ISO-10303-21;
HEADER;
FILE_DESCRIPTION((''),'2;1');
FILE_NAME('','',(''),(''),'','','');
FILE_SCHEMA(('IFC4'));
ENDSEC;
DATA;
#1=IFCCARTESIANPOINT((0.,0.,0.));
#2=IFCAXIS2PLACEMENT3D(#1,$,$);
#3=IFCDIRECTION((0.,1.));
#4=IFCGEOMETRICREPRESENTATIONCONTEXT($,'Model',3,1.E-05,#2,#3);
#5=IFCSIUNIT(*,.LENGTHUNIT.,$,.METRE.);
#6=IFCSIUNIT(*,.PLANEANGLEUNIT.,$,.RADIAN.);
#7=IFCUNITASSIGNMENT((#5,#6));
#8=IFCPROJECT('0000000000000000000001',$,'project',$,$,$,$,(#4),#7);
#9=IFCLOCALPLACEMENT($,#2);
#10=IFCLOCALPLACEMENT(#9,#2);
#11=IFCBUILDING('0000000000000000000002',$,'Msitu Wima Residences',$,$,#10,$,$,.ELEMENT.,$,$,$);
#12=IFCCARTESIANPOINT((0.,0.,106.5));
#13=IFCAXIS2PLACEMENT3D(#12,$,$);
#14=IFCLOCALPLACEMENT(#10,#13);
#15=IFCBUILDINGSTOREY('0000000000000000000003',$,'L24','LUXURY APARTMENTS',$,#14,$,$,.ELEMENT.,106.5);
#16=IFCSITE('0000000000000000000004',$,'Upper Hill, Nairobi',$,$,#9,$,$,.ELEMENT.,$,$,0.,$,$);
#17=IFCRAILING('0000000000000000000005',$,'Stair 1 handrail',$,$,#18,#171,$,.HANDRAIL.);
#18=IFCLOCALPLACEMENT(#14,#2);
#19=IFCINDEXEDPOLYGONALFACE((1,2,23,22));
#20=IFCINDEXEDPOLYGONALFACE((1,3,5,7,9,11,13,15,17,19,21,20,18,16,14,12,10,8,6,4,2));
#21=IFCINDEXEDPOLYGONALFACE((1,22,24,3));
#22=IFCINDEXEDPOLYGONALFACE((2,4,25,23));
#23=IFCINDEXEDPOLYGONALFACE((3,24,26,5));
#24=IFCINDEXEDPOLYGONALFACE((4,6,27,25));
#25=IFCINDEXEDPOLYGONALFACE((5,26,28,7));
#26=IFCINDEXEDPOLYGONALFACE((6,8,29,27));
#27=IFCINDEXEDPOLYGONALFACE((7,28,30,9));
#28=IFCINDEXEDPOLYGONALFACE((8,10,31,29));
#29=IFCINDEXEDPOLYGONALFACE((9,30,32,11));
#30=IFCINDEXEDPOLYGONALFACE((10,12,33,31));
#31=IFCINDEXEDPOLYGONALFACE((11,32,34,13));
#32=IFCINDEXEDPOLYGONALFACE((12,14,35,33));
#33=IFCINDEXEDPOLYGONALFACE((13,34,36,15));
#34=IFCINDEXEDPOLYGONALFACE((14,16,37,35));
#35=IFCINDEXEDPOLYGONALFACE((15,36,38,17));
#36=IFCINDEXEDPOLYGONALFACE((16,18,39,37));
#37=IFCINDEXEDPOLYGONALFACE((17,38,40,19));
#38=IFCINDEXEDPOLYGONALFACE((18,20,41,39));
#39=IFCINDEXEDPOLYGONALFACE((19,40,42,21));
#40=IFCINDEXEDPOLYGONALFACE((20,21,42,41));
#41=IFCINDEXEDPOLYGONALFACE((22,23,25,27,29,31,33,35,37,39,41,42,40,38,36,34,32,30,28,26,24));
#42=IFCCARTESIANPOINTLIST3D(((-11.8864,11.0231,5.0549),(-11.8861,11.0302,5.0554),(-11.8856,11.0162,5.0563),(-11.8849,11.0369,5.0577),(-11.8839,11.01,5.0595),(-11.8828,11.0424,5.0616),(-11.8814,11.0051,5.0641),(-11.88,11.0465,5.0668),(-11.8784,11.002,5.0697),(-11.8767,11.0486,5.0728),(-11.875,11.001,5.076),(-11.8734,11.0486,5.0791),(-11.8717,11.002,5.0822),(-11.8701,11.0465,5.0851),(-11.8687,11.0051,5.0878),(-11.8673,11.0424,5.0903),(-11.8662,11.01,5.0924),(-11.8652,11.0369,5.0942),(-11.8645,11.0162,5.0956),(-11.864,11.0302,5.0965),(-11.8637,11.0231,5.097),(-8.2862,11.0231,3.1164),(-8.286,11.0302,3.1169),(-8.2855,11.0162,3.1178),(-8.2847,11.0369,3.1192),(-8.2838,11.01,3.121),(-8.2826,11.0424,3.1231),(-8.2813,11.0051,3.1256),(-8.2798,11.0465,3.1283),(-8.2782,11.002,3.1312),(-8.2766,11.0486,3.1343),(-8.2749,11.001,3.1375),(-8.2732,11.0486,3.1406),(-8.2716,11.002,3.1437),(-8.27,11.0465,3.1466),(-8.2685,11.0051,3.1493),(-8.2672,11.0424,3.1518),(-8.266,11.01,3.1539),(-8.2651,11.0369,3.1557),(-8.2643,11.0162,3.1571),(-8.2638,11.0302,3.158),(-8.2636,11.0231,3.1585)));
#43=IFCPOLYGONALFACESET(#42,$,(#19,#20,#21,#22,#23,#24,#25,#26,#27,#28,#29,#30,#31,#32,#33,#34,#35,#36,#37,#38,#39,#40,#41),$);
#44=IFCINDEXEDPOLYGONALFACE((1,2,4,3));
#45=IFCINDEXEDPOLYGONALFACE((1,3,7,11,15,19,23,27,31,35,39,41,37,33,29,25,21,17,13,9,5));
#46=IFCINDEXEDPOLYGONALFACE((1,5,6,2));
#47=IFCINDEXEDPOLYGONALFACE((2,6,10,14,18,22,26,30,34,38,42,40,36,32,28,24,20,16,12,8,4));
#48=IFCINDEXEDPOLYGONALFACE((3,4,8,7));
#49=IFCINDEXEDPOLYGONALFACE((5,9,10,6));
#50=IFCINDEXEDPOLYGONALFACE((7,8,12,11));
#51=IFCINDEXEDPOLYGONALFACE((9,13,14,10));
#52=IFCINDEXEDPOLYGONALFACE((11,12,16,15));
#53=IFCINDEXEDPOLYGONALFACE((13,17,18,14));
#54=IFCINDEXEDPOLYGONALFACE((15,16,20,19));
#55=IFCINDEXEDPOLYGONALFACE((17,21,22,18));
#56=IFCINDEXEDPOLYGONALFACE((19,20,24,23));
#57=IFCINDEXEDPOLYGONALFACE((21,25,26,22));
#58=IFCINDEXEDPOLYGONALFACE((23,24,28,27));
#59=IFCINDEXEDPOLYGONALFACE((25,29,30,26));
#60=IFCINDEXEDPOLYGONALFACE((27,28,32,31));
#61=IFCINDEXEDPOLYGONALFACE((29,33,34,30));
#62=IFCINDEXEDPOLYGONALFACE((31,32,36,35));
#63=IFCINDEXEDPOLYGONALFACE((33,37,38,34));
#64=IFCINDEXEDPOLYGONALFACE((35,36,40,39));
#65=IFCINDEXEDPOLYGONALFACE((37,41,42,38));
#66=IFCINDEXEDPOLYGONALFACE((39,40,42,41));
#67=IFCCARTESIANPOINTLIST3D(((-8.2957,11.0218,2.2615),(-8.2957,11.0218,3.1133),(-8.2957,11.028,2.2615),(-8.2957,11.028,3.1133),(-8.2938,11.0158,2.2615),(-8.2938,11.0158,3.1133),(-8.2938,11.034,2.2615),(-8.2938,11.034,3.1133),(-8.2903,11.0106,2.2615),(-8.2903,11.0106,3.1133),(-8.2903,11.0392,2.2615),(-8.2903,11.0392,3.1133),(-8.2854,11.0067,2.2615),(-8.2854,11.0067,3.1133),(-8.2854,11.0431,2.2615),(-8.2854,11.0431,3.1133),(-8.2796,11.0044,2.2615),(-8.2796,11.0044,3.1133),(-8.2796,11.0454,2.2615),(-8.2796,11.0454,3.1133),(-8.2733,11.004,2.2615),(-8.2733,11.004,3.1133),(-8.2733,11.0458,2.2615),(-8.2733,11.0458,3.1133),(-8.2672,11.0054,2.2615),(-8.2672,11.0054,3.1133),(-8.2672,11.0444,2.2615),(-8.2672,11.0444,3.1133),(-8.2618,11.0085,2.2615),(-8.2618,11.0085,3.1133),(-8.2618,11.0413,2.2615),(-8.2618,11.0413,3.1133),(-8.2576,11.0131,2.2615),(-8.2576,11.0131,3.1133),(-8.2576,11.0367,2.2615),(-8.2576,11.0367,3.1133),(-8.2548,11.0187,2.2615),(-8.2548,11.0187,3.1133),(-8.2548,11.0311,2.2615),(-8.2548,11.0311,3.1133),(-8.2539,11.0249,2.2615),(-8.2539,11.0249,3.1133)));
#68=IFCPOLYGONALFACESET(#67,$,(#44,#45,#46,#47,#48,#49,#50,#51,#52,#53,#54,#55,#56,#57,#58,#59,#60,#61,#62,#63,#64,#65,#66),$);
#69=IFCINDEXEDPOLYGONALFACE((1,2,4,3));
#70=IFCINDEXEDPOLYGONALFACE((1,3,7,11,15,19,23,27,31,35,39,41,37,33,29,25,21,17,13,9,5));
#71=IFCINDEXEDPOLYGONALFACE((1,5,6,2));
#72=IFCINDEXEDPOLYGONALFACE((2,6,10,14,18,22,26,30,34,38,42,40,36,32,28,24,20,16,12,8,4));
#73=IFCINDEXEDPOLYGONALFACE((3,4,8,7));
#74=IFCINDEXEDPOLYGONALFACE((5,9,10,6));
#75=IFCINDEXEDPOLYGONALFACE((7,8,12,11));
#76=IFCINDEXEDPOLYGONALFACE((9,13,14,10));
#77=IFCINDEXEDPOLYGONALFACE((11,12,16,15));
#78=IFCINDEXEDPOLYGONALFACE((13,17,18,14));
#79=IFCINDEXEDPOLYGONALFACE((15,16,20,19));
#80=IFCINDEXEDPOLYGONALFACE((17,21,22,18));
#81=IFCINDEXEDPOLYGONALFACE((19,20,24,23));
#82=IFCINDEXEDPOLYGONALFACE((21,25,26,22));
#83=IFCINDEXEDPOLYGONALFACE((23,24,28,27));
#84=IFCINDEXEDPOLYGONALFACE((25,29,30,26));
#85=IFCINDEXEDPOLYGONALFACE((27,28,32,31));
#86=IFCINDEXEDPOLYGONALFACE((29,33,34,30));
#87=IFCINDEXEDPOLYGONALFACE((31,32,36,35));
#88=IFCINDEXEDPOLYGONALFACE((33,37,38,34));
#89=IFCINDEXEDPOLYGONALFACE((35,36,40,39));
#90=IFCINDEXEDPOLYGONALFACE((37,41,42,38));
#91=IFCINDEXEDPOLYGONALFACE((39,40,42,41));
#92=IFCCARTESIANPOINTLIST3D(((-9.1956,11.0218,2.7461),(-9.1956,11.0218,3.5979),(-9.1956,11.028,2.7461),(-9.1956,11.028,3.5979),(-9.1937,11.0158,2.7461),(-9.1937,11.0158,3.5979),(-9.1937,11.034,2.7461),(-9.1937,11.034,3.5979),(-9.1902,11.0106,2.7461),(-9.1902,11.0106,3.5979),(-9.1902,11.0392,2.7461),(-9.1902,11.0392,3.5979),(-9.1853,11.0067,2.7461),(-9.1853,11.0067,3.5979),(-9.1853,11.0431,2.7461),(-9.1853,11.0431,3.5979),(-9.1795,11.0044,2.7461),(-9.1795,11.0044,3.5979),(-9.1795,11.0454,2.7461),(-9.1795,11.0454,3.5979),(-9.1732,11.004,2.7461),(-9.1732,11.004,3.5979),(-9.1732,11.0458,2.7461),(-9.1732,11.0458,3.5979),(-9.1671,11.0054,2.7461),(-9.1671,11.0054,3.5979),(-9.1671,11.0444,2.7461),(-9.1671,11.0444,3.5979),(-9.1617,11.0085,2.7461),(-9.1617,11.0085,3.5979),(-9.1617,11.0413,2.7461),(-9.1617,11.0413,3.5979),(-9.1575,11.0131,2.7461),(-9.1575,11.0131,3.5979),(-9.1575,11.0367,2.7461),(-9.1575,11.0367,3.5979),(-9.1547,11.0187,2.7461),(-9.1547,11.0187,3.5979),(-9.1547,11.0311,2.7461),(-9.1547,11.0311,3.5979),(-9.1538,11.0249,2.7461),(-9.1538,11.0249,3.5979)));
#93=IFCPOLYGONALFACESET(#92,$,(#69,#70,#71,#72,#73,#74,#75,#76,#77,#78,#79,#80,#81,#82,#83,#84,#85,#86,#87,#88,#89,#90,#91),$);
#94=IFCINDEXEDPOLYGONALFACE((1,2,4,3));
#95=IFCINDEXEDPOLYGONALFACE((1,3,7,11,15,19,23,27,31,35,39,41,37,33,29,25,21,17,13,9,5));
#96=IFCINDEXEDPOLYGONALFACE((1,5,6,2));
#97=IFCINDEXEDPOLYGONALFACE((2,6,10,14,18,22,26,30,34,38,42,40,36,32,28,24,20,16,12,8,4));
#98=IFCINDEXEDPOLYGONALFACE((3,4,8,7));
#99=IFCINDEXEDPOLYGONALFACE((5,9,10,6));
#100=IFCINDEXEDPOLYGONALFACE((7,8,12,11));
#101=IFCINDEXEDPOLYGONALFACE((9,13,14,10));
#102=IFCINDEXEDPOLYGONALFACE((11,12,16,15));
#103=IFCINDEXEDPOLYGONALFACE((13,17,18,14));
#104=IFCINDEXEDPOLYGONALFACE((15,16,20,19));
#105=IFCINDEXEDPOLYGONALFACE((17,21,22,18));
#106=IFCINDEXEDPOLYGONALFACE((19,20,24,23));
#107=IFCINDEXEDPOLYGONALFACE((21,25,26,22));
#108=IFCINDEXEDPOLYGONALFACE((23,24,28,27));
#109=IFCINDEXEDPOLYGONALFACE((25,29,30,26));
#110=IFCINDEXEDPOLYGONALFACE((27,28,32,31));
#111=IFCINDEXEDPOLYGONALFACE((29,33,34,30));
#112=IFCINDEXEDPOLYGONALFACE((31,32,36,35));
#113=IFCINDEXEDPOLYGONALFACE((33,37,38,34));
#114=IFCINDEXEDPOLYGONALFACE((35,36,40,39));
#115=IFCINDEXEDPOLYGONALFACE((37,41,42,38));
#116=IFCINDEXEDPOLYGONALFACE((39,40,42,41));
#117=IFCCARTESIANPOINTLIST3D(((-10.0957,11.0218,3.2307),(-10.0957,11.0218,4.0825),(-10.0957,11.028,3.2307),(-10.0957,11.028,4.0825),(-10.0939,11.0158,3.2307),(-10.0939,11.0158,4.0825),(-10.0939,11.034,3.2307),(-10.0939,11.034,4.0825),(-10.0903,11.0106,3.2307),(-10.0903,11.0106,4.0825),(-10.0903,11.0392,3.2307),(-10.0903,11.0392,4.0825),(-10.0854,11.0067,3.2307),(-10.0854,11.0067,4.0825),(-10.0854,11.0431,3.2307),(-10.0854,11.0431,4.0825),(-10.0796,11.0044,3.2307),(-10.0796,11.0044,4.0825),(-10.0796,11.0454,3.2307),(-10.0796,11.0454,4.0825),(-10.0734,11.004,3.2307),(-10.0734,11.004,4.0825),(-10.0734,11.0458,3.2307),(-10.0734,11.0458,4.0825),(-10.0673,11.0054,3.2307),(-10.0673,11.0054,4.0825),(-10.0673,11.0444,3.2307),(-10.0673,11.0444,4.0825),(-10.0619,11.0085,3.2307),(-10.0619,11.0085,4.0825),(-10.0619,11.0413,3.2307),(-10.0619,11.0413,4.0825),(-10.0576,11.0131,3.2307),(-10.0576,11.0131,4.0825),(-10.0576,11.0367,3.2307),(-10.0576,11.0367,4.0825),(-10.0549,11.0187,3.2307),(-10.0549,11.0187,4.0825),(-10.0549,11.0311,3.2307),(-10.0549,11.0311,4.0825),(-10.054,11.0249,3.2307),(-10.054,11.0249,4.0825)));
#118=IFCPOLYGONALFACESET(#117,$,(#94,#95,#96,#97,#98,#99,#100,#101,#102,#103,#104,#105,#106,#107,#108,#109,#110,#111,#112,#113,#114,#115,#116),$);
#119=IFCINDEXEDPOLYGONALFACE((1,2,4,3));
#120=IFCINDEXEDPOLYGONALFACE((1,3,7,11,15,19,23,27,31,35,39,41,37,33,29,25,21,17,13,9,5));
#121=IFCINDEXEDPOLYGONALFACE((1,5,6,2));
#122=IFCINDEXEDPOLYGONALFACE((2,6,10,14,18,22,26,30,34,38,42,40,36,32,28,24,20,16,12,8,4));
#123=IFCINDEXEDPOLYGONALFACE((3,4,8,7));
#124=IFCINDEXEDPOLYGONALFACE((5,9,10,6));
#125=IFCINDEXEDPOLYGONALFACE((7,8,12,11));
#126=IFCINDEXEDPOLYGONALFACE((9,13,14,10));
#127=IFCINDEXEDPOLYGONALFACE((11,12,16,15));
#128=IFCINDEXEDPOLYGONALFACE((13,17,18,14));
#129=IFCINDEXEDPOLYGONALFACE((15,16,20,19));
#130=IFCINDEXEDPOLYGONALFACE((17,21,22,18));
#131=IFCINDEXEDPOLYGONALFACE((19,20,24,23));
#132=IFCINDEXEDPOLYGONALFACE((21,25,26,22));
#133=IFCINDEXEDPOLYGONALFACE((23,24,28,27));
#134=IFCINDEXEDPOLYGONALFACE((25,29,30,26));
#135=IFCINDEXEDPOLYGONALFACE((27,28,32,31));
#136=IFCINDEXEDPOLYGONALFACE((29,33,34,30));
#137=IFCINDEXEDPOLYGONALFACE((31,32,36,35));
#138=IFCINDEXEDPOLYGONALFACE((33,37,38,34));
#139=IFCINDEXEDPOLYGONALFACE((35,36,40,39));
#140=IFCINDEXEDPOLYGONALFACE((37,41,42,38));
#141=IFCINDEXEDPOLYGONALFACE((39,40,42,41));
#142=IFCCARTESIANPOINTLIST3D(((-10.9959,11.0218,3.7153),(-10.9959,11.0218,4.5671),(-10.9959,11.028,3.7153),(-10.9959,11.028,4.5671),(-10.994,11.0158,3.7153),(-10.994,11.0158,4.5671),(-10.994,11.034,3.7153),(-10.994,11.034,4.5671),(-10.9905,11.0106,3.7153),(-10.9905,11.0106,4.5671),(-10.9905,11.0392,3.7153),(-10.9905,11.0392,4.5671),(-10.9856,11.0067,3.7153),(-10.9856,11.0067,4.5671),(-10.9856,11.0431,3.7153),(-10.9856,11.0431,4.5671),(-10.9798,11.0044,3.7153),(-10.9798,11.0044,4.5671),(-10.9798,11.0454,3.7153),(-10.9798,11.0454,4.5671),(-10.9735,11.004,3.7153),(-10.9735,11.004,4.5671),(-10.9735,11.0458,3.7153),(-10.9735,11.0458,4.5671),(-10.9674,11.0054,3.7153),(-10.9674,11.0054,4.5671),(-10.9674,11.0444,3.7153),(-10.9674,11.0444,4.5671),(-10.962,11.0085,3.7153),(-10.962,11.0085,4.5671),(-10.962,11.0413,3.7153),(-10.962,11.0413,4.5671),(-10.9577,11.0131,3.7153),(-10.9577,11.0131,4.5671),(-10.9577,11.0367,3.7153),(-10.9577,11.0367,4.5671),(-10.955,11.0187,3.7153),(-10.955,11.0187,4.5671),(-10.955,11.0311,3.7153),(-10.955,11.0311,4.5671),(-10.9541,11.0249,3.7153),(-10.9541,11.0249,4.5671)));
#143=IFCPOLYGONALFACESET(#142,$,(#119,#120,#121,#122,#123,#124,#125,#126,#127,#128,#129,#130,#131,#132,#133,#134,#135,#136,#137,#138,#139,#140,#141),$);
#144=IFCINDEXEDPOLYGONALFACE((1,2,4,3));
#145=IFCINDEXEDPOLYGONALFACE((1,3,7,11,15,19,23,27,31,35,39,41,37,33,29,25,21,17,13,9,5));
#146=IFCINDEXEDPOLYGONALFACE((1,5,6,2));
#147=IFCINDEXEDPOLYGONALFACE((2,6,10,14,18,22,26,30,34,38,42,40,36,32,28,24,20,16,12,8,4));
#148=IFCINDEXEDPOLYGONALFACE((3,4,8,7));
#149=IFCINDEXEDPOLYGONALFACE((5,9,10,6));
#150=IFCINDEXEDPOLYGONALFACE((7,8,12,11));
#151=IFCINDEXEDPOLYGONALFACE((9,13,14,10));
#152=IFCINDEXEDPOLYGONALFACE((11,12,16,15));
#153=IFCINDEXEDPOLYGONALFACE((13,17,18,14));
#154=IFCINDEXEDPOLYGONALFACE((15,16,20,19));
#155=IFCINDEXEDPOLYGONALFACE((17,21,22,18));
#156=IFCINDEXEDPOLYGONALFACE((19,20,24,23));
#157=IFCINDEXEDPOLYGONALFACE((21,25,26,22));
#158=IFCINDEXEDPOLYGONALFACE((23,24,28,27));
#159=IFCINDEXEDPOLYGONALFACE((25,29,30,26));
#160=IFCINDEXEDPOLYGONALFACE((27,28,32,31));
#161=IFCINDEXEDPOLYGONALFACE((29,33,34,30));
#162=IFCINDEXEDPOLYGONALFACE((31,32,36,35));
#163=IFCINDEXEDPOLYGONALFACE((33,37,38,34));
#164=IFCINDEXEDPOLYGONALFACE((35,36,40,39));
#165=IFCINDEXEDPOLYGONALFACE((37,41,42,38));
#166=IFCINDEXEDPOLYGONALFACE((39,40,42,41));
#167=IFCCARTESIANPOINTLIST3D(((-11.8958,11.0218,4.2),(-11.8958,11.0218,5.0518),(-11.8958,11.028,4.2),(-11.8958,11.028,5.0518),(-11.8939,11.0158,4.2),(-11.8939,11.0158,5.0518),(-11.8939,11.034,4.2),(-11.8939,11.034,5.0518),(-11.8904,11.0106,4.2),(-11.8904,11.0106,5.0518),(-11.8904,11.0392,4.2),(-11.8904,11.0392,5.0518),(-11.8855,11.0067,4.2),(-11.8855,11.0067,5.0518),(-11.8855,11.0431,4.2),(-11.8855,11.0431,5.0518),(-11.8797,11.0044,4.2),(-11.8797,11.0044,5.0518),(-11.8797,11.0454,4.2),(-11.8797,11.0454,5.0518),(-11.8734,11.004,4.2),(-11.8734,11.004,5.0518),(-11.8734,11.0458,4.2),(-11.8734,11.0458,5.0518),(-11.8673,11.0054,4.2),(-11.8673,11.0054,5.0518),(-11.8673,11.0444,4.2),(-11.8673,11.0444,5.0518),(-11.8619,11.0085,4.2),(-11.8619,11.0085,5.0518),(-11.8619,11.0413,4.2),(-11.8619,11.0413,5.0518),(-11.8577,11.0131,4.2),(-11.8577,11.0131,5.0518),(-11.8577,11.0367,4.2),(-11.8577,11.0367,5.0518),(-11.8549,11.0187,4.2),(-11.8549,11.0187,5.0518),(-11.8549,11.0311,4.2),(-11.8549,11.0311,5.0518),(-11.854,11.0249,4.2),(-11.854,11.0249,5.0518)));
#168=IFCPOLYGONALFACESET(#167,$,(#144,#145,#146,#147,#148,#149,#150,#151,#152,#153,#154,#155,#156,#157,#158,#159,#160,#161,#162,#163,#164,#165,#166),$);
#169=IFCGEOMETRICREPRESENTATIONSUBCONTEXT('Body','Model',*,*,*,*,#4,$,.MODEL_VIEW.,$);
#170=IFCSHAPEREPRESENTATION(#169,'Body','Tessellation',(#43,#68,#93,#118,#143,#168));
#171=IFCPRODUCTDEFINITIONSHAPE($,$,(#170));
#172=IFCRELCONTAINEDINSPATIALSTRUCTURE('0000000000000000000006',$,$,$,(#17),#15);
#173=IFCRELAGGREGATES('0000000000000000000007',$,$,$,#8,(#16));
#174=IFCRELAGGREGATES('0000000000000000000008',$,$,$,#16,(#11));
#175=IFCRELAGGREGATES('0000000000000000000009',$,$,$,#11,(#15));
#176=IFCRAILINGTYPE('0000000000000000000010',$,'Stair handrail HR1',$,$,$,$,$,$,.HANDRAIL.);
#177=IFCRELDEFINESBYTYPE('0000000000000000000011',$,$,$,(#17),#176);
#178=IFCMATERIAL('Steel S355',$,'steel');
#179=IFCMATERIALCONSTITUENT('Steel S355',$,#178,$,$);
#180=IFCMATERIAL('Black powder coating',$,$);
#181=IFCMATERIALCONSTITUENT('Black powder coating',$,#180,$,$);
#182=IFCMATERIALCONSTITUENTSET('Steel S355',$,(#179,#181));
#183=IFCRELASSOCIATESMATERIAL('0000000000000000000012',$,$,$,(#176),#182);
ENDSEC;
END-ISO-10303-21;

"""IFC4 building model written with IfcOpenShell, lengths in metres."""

from ifc_helpers import new_model, si_unit, direction, frame, origin, origin_2d, place, context, subcontext, project, spatial, circle, extrude, material, constituent, constituent_set, type_object, element, save


model = new_model("IFC4")

# Units and contexts
model_context = context("Model", 3, precision=1e-05, world=origin(), true_north=direction((0.0, 1.0)))
body_context = subcontext(model_context, "Body", "Model", "MODEL_VIEW")
ifc_project = project(units=[si_unit("LENGTHUNIT", "METRE"), si_unit("PLANEANGLEUNIT", "RADIAN")], contexts=[model_context])

# Site, building, storey
site_placement = place(None, origin())
site = spatial("IfcSite", under=ifc_project, at=site_placement, Name="Upper Hill, Nairobi", CompositionType="ELEMENT", RefElevation=0.0)
building_placement = place(site_placement, origin())
building = spatial("IfcBuilding", under=site, at=building_placement, Name="Msitu Wima Residences", CompositionType="ELEMENT")
storey_placement = place(building_placement, frame((0.0, 0.0, 106.5)))
storey = spatial("IfcBuildingStorey", under=building, at=storey_placement, Name="L24", Description="LUXURY APARTMENTS", CompositionType="ELEMENT", Elevation=106.5)

# Railing
ifc_material_1 = material(Name="Steel S355", Category="steel")
ifc_constituent_1 = constituent(ifc_material_1, Name="Steel S355")
ifc_material_2 = material(Name="Black powder coating")
ifc_constituent_2 = constituent(ifc_material_2, Name="Black powder coating")
ifc_constituent_set_1 = constituent_set(constituents=[ifc_constituent_1, ifc_constituent_2], Name="Steel S355")
railing_type_1 = type_object("IfcRailingType", Name="Stair handrail HR1", PredefinedType="HANDRAIL", material=ifc_constituent_set_1)
for number, where, name in (
    (1, (-8.2749, 11.0249, 2.2615), "Stair 1 handrail"),
):
    element("IfcRailing", number, at=place(storey_placement, frame(where)), inside=storey, type_object=railing_type_1, Name=name, PredefinedType="HANDRAIL", context=body_context, shape_type="SweptSolid", body=[
        extrude(circle(Radius=0.0239, at=origin_2d()), frame((0.0, 0.0, 0.876), z_axis=(-0.880475, 0.0, 0.474093), x_axis=(0.0, -1.0, 0.0)), (0.0, 0.0, 1.0), 4.0889),
        extrude(circle(Radius=0.021, at=origin_2d()), origin(), (0.0, 0.0, 1.0), 0.8518),
        extrude(circle(Radius=0.021, at=origin_2d()), frame((-0.8999, 0.0, 0.4846)), (0.0, 0.0, 1.0), 0.8518),
        extrude(circle(Radius=0.021, at=origin_2d()), frame((-1.8, 0.0, 0.9692)), (0.0, 0.0, 1.0), 0.8518),
        extrude(circle(Radius=0.021, at=origin_2d()), frame((-2.7002, 0.0, 1.4539)), (0.0, 0.0, 1.0), 0.8518),
        extrude(circle(Radius=0.021, at=origin_2d()), frame((-3.6001, 0.0, 1.9385)), (0.0, 0.0, 1.0), 0.8518),
    ])

save(model, "model.ifc")
